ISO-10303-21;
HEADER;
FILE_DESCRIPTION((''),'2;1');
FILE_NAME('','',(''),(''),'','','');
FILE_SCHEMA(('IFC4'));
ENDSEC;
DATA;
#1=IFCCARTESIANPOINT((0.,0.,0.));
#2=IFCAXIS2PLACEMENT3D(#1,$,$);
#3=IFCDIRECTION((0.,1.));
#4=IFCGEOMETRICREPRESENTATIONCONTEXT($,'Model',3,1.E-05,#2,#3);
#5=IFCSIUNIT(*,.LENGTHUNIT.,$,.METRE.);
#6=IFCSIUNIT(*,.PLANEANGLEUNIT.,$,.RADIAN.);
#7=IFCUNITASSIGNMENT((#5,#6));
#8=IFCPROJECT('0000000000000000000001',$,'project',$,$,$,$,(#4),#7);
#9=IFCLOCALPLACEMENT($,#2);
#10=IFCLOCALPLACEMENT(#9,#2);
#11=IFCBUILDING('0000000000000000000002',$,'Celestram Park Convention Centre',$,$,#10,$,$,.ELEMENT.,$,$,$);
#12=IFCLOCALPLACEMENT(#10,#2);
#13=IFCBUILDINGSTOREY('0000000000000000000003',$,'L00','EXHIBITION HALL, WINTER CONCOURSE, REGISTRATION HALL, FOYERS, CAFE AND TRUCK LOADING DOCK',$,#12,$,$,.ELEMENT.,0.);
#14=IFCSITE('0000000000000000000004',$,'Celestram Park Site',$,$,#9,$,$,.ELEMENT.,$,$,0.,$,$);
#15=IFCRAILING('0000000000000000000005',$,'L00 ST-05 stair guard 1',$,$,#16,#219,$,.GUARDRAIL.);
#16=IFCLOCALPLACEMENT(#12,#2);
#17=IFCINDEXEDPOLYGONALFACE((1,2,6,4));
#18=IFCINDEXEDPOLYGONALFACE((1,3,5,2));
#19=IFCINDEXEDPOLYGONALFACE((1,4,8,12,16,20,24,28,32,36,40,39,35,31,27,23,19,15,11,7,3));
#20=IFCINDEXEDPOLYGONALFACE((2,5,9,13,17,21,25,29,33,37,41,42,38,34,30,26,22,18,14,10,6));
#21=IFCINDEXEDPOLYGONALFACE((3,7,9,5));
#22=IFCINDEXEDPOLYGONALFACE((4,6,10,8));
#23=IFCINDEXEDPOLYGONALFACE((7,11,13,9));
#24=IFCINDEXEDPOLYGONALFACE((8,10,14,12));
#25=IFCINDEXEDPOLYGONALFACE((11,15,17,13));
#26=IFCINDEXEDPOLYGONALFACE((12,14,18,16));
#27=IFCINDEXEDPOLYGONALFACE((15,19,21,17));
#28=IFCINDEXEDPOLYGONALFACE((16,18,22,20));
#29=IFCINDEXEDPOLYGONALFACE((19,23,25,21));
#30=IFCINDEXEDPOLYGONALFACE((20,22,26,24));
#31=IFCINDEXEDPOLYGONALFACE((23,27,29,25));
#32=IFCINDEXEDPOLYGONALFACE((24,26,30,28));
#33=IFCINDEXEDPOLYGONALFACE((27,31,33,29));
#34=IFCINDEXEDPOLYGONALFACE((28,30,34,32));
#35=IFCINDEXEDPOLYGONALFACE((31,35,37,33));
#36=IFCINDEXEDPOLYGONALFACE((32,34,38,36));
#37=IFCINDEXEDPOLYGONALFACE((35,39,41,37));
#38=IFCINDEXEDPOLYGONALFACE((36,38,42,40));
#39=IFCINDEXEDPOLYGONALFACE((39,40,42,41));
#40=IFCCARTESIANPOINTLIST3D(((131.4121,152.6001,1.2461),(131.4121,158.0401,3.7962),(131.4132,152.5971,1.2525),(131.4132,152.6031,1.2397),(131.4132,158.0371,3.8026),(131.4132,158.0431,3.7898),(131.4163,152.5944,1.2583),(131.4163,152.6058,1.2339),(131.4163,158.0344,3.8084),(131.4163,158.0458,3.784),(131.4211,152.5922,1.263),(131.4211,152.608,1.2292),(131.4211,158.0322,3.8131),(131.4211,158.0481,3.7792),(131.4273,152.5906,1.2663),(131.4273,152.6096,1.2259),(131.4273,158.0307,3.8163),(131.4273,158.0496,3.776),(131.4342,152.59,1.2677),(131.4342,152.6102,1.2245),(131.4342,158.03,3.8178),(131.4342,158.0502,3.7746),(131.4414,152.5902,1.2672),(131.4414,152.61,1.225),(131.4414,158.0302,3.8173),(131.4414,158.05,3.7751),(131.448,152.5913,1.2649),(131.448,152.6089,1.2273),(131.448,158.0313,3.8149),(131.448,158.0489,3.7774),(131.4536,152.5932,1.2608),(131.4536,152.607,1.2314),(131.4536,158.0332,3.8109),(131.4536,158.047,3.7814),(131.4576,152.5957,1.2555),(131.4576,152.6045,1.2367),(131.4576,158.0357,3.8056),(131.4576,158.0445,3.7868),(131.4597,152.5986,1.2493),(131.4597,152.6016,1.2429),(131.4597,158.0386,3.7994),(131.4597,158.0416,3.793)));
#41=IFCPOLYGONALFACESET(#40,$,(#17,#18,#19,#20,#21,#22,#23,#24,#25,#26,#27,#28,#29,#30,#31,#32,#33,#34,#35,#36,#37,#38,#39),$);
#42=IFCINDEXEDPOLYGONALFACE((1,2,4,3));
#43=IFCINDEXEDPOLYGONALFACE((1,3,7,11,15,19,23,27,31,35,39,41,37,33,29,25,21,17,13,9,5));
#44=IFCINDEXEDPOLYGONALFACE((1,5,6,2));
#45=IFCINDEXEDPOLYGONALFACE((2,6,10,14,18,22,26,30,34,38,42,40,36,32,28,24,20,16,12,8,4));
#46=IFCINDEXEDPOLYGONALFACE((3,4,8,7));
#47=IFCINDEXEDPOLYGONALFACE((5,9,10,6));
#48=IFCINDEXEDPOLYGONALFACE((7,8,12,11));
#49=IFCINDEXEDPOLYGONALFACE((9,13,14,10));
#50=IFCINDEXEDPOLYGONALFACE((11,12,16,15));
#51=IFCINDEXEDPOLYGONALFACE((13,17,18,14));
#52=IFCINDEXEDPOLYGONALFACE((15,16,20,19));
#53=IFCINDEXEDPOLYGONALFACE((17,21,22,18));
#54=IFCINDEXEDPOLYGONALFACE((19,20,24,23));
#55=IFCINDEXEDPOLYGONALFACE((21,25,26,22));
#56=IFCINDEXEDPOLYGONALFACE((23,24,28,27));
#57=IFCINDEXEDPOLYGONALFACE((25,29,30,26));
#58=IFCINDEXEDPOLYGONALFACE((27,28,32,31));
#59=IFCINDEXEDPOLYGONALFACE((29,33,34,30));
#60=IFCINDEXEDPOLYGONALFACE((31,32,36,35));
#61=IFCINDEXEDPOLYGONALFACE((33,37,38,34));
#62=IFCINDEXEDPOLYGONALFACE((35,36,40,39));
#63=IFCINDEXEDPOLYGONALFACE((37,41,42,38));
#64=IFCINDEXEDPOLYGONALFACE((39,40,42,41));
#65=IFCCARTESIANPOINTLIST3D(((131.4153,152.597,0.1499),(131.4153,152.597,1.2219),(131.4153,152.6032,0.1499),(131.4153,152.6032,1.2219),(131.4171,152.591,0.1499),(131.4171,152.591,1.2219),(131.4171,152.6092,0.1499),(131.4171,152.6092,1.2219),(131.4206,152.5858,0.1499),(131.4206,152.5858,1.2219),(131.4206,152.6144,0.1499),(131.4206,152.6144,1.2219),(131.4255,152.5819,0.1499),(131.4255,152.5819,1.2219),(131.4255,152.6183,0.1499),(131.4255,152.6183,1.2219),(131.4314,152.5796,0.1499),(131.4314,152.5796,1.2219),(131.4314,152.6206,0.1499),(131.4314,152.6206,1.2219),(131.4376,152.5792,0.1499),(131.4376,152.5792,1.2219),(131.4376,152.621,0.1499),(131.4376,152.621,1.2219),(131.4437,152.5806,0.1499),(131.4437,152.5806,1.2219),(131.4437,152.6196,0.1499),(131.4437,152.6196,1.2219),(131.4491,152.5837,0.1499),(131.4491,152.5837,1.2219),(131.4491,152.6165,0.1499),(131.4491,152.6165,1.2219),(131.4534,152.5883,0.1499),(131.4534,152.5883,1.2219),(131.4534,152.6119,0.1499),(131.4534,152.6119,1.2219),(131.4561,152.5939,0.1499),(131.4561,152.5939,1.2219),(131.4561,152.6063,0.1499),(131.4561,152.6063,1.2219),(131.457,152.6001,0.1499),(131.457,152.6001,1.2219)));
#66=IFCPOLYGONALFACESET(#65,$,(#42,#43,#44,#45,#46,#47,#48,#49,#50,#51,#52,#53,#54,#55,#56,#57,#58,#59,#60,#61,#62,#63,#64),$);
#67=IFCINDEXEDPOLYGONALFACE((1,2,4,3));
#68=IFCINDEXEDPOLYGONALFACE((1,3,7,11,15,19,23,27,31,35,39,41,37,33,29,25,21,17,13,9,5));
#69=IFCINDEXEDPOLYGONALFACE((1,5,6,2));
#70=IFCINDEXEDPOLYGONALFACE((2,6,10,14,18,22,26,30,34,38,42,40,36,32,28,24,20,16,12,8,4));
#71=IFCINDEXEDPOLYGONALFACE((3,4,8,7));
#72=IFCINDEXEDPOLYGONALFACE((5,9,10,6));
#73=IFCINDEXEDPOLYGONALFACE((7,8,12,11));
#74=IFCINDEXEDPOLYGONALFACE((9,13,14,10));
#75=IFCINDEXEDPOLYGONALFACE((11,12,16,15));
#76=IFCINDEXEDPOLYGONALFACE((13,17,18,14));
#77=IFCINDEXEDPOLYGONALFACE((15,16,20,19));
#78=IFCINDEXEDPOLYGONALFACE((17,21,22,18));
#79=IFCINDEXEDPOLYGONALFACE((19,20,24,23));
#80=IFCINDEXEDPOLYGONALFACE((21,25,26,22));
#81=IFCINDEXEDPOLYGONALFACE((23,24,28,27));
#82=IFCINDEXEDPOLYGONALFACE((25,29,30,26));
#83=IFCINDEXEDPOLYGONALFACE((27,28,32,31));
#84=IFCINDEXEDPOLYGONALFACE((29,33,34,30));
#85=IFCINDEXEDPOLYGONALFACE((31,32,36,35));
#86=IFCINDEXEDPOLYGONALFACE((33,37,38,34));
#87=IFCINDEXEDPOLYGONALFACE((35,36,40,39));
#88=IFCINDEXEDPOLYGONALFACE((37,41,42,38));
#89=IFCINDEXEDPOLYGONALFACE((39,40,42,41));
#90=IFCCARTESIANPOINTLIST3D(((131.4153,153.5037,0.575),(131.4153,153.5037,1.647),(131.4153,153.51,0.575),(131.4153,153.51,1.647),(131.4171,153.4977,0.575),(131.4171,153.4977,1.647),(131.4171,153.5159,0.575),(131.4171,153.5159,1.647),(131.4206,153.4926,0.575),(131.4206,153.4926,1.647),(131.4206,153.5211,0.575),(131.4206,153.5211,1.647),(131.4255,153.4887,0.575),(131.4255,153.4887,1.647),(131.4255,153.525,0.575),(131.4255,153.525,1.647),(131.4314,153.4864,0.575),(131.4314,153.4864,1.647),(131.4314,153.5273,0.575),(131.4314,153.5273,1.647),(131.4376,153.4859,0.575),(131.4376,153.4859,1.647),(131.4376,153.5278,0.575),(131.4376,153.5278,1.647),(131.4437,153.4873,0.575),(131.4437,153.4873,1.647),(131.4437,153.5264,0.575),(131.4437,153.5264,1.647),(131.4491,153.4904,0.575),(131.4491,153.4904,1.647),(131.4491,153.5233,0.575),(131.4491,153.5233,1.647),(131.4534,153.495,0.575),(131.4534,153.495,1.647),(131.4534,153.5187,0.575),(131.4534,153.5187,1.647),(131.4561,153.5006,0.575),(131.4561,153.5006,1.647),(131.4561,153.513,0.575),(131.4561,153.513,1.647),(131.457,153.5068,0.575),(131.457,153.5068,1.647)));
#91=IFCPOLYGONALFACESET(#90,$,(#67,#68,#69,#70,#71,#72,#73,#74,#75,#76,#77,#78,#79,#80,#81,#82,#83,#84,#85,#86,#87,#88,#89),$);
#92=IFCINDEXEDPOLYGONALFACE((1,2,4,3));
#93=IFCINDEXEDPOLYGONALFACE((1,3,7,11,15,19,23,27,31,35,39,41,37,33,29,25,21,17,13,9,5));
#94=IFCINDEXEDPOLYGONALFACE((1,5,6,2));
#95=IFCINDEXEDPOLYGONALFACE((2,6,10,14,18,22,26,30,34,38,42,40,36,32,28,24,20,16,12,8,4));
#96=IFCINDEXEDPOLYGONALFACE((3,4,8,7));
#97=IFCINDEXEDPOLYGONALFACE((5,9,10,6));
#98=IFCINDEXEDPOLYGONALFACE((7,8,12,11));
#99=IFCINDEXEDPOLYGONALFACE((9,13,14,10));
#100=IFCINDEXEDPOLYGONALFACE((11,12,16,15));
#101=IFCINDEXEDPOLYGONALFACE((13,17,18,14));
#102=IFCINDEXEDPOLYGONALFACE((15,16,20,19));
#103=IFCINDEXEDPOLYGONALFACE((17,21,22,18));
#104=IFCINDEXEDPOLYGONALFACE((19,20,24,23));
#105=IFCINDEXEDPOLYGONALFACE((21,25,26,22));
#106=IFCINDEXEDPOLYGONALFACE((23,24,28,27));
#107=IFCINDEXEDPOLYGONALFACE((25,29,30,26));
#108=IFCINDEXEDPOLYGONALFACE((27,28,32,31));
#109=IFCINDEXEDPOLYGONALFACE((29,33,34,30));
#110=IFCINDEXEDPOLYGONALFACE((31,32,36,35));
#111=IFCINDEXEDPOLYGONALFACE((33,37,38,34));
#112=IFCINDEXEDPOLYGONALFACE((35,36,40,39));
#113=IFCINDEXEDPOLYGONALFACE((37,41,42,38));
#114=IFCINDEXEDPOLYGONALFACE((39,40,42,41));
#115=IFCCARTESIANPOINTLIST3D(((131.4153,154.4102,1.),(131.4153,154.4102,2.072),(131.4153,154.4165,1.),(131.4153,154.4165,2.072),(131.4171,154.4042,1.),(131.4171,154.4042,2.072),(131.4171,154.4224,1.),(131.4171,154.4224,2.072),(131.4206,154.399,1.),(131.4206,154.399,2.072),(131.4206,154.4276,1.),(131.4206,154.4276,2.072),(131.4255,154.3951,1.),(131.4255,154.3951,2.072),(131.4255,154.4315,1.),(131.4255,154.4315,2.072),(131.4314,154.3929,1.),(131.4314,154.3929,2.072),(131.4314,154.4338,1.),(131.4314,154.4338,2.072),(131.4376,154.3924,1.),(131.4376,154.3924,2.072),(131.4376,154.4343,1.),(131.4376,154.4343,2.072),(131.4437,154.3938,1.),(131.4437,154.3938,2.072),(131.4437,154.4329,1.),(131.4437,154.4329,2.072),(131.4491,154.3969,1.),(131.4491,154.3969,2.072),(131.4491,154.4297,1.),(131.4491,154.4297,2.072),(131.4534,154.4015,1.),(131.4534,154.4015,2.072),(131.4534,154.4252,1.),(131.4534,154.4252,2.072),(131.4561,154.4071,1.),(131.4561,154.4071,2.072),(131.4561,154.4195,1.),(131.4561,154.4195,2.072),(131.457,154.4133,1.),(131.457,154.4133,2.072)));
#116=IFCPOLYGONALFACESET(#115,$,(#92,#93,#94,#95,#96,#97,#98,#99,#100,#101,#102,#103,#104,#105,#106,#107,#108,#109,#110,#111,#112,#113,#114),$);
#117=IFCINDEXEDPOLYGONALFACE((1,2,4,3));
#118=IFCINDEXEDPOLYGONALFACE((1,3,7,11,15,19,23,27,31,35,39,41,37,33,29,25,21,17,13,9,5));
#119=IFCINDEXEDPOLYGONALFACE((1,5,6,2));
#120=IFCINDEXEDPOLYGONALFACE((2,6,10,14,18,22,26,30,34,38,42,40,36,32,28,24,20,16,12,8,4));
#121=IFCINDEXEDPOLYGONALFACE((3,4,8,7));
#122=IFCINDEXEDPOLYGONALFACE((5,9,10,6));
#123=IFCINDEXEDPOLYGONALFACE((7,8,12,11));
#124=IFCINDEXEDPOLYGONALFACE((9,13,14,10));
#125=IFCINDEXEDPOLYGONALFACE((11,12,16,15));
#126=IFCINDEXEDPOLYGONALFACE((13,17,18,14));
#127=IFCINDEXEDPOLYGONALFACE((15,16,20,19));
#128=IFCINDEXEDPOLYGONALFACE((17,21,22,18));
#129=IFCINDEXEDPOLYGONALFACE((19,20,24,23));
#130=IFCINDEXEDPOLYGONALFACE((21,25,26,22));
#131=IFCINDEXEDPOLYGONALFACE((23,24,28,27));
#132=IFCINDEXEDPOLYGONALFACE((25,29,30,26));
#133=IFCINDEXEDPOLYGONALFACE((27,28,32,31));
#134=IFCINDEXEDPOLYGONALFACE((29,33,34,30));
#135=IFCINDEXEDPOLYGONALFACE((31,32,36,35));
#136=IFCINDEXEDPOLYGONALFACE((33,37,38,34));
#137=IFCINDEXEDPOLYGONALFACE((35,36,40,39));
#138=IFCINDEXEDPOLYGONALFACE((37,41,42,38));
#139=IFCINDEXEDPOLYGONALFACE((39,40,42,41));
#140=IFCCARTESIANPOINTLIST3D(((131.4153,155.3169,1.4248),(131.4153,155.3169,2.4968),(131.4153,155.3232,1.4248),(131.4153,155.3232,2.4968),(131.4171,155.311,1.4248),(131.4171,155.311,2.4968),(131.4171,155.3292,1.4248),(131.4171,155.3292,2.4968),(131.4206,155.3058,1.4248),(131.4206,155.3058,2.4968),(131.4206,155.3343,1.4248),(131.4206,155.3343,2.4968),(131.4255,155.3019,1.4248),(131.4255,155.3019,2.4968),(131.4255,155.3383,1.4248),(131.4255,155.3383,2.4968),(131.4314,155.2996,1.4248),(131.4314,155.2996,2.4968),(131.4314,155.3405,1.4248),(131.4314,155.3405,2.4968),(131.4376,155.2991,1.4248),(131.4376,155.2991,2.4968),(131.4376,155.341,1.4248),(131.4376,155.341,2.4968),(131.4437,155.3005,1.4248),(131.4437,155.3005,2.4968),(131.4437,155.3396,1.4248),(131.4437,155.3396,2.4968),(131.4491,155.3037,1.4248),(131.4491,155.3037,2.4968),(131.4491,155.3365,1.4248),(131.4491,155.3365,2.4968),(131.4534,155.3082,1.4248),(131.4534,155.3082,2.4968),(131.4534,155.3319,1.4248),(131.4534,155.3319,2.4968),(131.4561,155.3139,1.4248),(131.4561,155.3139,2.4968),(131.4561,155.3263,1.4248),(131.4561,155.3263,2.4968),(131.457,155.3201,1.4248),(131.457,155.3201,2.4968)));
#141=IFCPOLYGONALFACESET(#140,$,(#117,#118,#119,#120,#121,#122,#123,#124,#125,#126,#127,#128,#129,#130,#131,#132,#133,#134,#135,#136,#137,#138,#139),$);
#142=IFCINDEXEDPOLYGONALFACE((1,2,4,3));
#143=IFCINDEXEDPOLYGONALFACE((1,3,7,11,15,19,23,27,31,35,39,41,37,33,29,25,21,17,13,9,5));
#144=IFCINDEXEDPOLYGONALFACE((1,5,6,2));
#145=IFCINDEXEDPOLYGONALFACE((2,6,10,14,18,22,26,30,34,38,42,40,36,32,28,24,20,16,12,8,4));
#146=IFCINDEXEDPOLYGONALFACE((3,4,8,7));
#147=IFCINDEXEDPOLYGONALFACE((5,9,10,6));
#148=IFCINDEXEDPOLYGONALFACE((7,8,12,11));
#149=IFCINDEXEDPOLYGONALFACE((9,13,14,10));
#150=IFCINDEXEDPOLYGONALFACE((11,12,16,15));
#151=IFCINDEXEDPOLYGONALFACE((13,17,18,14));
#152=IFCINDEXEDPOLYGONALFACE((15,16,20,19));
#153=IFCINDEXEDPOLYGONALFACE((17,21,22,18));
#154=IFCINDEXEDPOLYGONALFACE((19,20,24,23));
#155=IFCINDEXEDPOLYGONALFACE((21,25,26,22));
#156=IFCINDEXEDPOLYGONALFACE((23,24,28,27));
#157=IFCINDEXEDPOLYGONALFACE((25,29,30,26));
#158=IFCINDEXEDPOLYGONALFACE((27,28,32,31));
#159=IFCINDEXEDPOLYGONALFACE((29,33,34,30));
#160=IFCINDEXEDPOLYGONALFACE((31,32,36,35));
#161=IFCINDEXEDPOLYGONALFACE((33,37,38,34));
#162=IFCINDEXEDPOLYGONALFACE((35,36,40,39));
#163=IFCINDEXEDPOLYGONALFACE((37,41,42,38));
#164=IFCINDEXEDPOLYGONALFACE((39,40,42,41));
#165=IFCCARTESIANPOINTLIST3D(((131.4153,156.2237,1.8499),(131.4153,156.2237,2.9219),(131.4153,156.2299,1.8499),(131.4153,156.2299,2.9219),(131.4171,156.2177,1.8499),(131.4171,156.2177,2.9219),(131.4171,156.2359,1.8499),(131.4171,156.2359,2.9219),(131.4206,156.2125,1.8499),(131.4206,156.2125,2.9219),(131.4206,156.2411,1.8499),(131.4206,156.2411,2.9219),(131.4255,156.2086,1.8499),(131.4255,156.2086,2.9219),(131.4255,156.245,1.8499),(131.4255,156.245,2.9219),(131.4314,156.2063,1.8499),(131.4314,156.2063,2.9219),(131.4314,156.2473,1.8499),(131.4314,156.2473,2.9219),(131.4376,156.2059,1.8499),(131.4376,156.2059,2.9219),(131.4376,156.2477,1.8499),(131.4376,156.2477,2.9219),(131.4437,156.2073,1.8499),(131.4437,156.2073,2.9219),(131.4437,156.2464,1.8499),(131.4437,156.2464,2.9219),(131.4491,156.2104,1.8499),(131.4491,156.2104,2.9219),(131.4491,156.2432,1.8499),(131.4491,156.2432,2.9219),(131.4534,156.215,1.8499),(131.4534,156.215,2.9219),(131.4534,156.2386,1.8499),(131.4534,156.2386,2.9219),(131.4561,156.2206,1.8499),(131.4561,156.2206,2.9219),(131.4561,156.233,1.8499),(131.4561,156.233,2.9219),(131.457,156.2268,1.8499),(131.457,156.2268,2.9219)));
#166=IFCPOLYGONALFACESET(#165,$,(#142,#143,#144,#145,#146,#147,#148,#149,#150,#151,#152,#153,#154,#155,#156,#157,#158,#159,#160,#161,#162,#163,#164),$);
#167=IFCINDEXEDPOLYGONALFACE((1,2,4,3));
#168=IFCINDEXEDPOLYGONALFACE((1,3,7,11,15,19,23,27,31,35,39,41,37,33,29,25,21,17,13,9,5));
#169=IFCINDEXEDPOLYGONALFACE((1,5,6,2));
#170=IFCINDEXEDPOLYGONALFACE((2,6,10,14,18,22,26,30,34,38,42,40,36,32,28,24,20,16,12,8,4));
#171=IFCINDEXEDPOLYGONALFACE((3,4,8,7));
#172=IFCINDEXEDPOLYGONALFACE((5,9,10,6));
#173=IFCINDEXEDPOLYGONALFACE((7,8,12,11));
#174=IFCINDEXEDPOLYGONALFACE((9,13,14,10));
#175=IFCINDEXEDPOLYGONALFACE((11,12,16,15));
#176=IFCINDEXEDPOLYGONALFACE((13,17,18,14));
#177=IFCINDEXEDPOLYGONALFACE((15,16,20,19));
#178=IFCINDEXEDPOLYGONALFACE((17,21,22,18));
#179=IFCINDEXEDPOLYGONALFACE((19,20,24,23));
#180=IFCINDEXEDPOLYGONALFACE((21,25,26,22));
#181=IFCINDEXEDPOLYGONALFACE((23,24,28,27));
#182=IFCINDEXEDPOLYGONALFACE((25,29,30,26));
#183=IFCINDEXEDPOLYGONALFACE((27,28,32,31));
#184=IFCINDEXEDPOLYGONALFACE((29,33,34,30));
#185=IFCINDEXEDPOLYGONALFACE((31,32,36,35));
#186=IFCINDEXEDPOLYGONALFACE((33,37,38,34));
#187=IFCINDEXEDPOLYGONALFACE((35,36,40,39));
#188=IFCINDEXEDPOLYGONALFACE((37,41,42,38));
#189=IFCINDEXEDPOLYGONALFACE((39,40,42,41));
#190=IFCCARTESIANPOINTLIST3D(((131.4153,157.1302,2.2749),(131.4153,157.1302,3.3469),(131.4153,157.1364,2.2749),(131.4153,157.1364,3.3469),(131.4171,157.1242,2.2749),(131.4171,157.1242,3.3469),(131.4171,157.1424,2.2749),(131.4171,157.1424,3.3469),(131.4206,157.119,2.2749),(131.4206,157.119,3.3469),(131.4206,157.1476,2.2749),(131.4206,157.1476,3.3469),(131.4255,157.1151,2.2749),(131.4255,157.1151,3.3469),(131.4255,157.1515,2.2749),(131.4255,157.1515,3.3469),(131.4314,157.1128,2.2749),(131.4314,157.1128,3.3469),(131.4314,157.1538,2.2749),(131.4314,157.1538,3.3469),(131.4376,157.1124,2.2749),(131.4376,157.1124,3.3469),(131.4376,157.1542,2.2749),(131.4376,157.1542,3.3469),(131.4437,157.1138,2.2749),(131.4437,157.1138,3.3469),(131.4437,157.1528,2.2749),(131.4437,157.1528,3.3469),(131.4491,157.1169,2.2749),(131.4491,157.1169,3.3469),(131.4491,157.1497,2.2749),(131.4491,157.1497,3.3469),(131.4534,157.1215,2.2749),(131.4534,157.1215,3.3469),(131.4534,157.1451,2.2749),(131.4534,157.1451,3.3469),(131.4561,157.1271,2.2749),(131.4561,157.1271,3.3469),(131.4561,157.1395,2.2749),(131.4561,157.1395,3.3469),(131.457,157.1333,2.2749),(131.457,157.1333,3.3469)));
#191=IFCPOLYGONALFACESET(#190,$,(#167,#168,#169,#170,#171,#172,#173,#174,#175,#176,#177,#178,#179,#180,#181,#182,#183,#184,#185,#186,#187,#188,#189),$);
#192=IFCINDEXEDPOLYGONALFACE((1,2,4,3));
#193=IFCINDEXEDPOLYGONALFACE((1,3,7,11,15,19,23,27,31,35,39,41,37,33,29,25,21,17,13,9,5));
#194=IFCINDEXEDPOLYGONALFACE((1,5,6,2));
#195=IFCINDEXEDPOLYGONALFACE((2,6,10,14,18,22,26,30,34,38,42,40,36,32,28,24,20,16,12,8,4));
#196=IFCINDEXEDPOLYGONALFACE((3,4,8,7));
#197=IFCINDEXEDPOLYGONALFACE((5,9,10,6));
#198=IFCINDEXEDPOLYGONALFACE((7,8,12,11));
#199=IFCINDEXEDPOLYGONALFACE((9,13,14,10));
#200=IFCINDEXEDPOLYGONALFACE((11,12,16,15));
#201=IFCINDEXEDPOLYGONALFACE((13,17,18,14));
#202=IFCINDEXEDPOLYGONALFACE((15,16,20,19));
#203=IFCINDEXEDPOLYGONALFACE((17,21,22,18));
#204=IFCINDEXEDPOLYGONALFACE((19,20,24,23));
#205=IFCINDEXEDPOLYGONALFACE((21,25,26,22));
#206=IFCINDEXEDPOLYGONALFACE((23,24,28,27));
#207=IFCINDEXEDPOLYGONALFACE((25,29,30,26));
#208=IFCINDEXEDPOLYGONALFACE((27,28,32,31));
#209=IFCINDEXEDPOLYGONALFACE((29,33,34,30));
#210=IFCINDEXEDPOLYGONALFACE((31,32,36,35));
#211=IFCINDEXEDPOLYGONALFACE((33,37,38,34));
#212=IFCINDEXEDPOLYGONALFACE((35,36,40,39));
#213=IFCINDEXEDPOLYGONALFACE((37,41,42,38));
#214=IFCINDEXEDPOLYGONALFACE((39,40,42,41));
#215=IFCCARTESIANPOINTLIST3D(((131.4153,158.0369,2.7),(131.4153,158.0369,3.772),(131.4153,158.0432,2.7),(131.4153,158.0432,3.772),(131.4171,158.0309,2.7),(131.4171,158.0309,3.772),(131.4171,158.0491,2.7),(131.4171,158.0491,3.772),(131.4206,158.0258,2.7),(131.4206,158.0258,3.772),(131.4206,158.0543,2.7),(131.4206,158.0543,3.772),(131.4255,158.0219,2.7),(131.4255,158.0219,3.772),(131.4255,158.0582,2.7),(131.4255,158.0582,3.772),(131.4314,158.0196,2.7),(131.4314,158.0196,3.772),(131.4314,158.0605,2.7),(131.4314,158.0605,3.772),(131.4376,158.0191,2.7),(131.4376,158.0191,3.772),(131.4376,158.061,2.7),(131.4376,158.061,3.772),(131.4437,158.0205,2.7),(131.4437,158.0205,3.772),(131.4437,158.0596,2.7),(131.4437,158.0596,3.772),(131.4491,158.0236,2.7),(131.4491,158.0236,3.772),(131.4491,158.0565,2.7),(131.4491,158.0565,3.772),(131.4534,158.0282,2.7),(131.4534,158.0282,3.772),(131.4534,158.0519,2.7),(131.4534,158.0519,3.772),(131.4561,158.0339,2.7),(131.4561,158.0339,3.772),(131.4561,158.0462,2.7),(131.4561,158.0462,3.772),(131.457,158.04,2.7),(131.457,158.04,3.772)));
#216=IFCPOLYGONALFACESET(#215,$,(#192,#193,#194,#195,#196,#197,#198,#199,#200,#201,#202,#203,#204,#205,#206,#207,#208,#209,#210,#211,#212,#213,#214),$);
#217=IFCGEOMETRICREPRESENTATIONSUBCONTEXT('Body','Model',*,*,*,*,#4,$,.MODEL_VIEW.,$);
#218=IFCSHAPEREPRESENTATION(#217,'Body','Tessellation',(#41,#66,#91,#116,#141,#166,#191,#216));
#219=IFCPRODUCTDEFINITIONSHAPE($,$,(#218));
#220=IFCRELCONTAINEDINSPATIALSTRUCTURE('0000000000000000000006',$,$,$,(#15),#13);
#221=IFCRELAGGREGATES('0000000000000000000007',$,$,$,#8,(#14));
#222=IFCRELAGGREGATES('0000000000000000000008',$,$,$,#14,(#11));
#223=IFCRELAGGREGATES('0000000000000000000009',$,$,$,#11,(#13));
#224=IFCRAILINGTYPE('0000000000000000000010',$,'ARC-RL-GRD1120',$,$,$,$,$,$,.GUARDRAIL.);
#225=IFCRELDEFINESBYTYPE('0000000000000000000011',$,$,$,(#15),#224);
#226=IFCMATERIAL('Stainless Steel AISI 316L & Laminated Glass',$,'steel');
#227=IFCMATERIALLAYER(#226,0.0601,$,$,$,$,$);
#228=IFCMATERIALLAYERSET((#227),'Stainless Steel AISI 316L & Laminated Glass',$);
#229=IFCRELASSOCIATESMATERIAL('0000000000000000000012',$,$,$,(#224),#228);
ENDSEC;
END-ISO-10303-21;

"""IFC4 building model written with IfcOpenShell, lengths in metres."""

from ifc_helpers import new_model, si_unit, direction, frame, origin, origin_2d, place, context, subcontext, project, spatial, circle, extrude, material, layer, layer_set, type_object, element, save


model = new_model("IFC4")

# Units and contexts
model_context = context("Model", 3, precision=1e-05, world=origin(), true_north=direction((0.0, 1.0)))
body_context = subcontext(model_context, "Body", "Model", "MODEL_VIEW")
ifc_project = project(units=[si_unit("LENGTHUNIT", "METRE"), si_unit("PLANEANGLEUNIT", "RADIAN")], contexts=[model_context])

# Site, building, storey
site_placement = place(None, origin())
site = spatial("IfcSite", under=ifc_project, at=site_placement, Name="Celestram Park Site", CompositionType="ELEMENT", RefElevation=0.0)
building_placement = place(site_placement, origin())
building = spatial("IfcBuilding", under=site, at=building_placement, Name="Celestram Park Convention Centre", CompositionType="ELEMENT")
storey_placement = place(building_placement, origin())
storey = spatial("IfcBuildingStorey", under=building, at=storey_placement, Name="L00", Description="EXHIBITION HALL, WINTER CONCOURSE, REGISTRATION HALL, FOYERS, CAFE AND TRUCK LOADING DOCK", CompositionType="ELEMENT", Elevation=0.0)

# Railing
ifc_material_1 = material(Name="Stainless Steel AISI 316L & Laminated Glass", Category="steel")
ifc_layer_1 = layer(ifc_material_1, 0.0601)
ifc_layer_set_1 = layer_set([ifc_layer_1], Name="Stainless Steel AISI 316L & Laminated Glass")
railing_type_1 = type_object("IfcRailingType", Name="ARC-RL-GRD1120", PredefinedType="GUARDRAIL", material=ifc_layer_set_1)
railing_1_placement = place(storey_placement, frame((131.436, 152.6001, 0.1499)))
element("IfcRailing", 1, at=railing_1_placement, inside=storey, type_object=railing_type_1, Name="L00 ST-05 stair guard 1", PredefinedType="GUARDRAIL", context=body_context, shape_type="SweptSolid", body=[
    extrude(circle(Radius=0.0239, at=origin_2d()), frame((0.0, 0.0, 1.0962), z_axis=(0.0, 0.905454, 0.424444), x_axis=(-1.0, 0.0, 0.0)), (0.0, 0.0, 1.0), 6.0081),
    extrude(circle(Radius=0.021, at=origin_2d()), origin(), (0.0, 0.0, 1.0), 1.072),
    extrude(circle(Radius=0.021, at=origin_2d()), frame((0.0, 0.9067, 0.425)), (0.0, 0.0, 1.0), 1.072),
    extrude(circle(Radius=0.021, at=origin_2d()), frame((0.0, 1.8132, 0.8501)), (0.0, 0.0, 1.0), 1.072),
    extrude(circle(Radius=0.021, at=origin_2d()), frame((0.0, 2.72, 1.2749)), (0.0, 0.0, 1.0), 1.072),
    extrude(circle(Radius=0.021, at=origin_2d()), frame((0.0, 3.6267, 1.7)), (0.0, 0.0, 1.0), 1.072),
    extrude(circle(Radius=0.021, at=origin_2d()), frame((0.0, 4.5332, 2.125)), (0.0, 0.0, 1.0), 1.072),
    extrude(circle(Radius=0.021, at=origin_2d()), frame((0.0, 5.4399, 2.55)), (0.0, 0.0, 1.0), 1.072),
])

save(model, "model.ifc")
